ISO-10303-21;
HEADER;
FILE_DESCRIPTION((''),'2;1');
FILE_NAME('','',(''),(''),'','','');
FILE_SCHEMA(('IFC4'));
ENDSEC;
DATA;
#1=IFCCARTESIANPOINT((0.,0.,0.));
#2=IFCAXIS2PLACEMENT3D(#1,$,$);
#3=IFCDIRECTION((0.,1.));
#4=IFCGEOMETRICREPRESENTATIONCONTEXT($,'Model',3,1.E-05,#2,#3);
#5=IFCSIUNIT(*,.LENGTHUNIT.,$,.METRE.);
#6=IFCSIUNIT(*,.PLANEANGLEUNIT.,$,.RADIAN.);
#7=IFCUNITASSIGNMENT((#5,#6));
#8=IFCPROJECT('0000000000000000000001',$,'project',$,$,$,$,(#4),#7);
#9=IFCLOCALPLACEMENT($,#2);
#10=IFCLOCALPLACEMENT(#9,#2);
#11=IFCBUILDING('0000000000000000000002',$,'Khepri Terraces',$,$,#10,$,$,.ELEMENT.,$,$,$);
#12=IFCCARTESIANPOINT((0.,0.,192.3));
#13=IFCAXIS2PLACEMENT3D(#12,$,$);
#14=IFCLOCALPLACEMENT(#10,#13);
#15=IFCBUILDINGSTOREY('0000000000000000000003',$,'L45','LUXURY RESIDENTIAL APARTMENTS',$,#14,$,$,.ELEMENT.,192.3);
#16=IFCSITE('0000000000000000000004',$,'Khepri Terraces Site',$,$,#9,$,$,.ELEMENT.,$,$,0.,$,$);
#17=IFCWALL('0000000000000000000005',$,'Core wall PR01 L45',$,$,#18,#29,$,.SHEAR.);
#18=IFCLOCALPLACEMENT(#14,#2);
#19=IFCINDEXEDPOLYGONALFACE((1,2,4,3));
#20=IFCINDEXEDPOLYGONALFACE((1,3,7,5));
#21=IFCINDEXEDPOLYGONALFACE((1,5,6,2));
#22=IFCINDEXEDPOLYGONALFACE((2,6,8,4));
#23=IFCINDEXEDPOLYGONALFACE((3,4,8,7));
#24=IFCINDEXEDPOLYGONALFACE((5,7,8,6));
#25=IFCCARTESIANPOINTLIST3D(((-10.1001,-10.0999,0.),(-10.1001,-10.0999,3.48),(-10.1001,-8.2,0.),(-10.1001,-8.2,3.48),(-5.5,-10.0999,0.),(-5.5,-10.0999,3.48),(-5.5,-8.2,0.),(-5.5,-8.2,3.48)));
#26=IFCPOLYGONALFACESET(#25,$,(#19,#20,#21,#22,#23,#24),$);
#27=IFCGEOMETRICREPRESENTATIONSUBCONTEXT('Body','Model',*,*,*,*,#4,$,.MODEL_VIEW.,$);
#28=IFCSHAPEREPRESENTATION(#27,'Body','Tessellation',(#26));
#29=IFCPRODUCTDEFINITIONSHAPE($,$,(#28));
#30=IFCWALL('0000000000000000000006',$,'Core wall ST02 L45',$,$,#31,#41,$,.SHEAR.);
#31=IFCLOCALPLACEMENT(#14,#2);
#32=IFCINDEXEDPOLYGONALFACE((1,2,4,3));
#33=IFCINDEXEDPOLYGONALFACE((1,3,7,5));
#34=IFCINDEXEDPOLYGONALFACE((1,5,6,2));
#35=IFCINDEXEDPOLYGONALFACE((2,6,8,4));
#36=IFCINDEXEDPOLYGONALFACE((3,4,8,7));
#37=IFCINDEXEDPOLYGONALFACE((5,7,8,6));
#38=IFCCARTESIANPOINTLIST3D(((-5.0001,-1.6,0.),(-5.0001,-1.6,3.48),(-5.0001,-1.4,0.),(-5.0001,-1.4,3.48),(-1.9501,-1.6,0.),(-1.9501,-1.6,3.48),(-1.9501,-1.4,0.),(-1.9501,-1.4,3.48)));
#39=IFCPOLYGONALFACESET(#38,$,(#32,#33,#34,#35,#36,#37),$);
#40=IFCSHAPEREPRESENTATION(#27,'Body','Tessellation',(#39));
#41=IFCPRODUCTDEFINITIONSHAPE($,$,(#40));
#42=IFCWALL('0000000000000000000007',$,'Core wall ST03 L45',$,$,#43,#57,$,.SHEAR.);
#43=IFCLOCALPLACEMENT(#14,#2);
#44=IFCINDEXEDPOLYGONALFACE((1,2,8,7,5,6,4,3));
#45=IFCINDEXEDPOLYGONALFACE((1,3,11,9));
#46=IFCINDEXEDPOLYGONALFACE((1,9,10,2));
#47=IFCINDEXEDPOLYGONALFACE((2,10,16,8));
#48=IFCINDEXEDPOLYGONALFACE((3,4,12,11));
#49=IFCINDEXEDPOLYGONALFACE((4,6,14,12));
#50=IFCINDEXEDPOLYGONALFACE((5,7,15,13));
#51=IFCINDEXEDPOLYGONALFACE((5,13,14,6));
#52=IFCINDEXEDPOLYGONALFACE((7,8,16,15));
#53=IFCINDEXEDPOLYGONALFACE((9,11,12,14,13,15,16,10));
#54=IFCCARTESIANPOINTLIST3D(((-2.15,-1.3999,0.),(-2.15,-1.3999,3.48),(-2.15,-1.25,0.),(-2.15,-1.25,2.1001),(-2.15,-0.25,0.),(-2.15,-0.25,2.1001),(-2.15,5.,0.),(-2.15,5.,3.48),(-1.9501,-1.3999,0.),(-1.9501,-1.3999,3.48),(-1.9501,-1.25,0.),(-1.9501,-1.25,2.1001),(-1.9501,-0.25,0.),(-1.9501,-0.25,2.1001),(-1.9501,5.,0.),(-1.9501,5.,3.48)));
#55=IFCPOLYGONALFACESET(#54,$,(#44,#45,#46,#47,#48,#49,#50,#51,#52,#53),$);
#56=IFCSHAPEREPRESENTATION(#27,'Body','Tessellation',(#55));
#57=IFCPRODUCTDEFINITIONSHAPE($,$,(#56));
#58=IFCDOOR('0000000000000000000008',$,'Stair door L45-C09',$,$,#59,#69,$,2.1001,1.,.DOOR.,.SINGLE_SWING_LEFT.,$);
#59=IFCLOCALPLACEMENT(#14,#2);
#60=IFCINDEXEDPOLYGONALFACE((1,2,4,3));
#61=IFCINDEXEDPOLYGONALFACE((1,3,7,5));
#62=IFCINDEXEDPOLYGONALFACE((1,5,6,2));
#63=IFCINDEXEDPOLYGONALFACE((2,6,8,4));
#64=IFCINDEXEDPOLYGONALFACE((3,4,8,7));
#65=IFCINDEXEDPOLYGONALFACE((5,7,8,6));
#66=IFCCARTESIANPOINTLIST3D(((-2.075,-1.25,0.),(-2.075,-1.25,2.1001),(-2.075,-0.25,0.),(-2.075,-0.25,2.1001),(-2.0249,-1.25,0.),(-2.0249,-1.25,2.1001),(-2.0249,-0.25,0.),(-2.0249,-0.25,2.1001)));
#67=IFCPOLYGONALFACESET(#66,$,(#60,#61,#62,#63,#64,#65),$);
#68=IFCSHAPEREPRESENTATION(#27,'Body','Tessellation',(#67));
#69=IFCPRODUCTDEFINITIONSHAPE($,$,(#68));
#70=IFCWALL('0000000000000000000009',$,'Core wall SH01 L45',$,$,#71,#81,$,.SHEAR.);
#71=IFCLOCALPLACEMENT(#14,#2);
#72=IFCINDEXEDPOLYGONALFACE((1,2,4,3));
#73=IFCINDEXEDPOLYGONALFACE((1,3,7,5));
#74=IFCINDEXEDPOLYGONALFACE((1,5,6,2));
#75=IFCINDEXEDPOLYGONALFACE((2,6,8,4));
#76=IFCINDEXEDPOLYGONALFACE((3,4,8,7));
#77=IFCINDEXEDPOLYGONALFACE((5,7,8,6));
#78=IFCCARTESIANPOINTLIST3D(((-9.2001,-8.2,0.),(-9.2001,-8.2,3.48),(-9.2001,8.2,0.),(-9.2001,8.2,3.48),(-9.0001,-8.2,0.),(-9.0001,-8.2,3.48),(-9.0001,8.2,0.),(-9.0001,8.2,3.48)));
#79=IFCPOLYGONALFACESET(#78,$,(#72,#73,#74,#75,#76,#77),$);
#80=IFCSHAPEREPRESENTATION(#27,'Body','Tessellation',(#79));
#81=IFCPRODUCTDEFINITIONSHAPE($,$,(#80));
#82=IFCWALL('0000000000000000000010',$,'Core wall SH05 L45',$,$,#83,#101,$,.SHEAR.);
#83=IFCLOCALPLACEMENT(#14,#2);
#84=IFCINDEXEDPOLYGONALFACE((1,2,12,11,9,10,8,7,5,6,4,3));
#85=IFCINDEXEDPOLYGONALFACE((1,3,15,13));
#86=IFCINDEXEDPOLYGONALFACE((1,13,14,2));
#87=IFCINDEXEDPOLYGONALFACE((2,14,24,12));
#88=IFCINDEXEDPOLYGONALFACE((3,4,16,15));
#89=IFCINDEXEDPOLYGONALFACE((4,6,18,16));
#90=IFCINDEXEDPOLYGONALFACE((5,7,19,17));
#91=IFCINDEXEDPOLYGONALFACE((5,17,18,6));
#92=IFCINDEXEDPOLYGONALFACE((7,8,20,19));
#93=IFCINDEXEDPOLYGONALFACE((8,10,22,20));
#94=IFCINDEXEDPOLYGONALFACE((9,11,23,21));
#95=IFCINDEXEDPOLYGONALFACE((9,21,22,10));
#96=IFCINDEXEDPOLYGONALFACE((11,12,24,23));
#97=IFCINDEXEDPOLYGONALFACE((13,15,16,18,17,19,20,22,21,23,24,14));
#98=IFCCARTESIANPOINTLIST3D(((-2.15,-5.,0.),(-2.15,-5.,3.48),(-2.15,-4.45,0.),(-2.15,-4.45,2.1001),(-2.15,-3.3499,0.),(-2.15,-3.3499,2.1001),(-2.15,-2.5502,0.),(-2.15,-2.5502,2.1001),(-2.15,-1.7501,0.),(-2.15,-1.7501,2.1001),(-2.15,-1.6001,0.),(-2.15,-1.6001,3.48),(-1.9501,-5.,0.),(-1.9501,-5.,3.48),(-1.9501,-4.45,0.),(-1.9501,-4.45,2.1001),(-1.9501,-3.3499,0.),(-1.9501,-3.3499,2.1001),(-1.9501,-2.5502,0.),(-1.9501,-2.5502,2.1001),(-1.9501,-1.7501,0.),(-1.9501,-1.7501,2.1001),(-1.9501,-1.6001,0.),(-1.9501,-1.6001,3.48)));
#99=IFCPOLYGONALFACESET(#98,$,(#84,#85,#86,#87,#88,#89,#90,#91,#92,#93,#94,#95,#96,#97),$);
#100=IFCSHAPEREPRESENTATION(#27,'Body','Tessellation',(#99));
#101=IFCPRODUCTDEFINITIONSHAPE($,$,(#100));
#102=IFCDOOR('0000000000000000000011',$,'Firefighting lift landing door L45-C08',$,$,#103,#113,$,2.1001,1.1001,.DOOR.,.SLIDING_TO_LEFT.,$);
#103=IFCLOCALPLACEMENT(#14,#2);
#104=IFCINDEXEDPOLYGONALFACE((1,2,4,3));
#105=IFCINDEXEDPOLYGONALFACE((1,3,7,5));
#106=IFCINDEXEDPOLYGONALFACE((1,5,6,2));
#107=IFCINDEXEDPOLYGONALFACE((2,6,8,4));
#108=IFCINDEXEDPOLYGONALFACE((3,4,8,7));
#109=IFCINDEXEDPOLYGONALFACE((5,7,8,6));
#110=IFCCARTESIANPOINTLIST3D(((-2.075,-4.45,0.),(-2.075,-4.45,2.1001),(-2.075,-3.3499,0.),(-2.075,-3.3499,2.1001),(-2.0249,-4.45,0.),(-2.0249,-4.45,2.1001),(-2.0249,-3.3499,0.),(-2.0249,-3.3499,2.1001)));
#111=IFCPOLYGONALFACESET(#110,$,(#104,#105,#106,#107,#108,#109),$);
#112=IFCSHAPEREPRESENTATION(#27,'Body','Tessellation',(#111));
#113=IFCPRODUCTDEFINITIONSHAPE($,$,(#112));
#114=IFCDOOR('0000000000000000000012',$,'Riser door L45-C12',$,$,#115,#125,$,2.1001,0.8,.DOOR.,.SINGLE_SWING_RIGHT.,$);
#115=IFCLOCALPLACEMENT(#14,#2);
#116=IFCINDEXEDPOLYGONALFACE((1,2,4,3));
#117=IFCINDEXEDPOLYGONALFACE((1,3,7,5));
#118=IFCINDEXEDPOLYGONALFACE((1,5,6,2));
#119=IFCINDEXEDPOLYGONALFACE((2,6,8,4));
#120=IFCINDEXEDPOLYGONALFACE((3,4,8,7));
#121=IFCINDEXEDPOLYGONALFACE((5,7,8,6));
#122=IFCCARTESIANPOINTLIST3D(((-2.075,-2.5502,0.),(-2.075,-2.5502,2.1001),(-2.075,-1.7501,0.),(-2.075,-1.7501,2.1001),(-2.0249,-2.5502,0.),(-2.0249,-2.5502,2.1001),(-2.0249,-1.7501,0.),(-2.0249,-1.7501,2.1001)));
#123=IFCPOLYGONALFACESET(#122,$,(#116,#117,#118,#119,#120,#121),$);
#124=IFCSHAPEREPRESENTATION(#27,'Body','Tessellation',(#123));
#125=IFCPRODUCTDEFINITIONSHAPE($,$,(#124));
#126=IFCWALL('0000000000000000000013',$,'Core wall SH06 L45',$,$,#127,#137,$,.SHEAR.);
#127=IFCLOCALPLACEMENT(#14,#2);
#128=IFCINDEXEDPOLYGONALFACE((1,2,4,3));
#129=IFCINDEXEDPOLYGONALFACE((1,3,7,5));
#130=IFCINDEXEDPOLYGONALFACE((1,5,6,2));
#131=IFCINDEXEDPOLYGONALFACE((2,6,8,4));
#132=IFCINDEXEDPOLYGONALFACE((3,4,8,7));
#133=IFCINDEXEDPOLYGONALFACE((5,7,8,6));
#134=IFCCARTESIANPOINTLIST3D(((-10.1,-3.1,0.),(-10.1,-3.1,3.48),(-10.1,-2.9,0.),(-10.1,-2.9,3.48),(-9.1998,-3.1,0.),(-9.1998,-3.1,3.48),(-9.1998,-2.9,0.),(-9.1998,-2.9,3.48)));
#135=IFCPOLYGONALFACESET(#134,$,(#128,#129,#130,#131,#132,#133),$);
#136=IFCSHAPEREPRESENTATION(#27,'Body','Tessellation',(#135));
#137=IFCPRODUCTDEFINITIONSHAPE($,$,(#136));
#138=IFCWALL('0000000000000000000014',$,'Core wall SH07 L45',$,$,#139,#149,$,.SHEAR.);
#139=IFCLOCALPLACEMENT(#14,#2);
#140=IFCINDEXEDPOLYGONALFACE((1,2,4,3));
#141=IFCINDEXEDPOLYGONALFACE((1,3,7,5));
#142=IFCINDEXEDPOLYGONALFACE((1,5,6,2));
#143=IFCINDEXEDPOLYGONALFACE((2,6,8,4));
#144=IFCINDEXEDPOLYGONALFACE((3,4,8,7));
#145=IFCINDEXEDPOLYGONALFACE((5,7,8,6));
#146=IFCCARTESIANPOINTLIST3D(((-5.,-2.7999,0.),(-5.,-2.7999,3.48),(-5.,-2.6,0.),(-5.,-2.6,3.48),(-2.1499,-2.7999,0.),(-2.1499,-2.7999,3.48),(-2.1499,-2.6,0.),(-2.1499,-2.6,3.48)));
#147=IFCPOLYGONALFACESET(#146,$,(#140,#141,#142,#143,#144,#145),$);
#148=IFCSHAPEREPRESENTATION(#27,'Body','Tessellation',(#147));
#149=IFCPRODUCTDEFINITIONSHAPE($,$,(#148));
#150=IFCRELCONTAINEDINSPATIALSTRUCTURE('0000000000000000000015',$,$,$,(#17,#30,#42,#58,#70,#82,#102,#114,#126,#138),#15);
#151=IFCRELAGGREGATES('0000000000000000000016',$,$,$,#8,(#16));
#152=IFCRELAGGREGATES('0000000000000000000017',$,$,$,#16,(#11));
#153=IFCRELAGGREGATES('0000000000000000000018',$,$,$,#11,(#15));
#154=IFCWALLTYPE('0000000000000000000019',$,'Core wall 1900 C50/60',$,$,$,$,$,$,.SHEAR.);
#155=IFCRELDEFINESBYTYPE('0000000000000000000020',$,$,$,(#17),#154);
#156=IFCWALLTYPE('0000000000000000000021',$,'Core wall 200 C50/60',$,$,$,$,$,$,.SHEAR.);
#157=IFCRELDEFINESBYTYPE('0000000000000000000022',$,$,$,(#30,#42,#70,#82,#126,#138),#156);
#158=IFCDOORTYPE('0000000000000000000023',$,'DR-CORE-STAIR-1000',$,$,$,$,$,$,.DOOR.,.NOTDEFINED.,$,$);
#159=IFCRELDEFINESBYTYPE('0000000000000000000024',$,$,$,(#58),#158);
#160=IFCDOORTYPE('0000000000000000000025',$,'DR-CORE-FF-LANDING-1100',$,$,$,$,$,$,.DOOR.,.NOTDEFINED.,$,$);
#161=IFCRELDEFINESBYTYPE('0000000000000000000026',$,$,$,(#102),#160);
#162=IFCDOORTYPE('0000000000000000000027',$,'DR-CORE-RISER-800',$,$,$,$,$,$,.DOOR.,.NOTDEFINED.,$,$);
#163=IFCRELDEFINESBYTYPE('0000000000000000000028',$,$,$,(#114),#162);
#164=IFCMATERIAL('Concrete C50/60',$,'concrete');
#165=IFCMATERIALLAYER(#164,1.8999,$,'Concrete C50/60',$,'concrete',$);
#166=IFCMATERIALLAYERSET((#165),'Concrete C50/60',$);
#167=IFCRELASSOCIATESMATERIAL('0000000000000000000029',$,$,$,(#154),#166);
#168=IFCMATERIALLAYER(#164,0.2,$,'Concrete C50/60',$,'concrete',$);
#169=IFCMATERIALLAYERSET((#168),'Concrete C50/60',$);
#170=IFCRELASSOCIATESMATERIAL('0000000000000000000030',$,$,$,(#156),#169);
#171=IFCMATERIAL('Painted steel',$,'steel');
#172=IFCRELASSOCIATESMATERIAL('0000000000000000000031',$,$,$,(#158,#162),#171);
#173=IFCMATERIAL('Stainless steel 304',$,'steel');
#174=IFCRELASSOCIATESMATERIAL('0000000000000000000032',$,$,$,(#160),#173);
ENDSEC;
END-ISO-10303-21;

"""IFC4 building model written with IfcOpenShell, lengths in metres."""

from ifc_helpers import new_model, si_unit, direction, frame, frame_2d, origin, place, context, subcontext, project, spatial, rectangle, extrude, material, layer, layer_set, type_object, element, fill, save


model = new_model("IFC4")

# Units and contexts
model_context = context("Model", 3, precision=1e-05, world=origin(), true_north=direction((0.0, 1.0)))
body_context = subcontext(model_context, "Body", "Model", "MODEL_VIEW")
ifc_project = project(units=[si_unit("LENGTHUNIT", "METRE"), si_unit("PLANEANGLEUNIT", "RADIAN")], contexts=[model_context])

# Site, building, storey
site_placement = place(None, origin())
site = spatial("IfcSite", under=ifc_project, at=site_placement, Name="Khepri Terraces Site", CompositionType="ELEMENT", RefElevation=0.0)
building_placement = place(site_placement, origin())
building = spatial("IfcBuilding", under=site, at=building_placement, Name="Khepri Terraces", CompositionType="ELEMENT")
storey_placement = place(building_placement, frame((0.0, 0.0, 192.3)))
storey = spatial("IfcBuildingStorey", under=building, at=storey_placement, Name="L45", Description="LUXURY RESIDENTIAL APARTMENTS", CompositionType="ELEMENT", Elevation=192.3)

# Walls
ifc_material_1 = material(Name="Concrete C50/60", Category="concrete")
ifc_layer_1 = layer(ifc_material_1, 1.8999, Name="Concrete C50/60", Category="concrete")
ifc_layer_set_1 = layer_set([ifc_layer_1], Name="Concrete C50/60")
wall_type_1 = type_object("IfcWallType", Name="Core wall 1900 C50/60", PredefinedType="SHEAR", material=ifc_layer_set_1)
wall_1_placement = place(storey_placement, frame((-10.1001, -9.1499, 0.0), z_axis=(0.0, 0.0, 1.0), x_axis=(1.0, 0.0, 0.0)))
element("IfcWall", 1, at=wall_1_placement, inside=storey, type_object=wall_type_1, Name="Core wall PR01 L45", PredefinedType="SHEAR", context=body_context, shape_type="SweptSolid", body=[
    extrude(rectangle(XDim=4.6001, YDim=1.8999, at=frame_2d((2.3, 0.0))), origin(), (0.0, 0.0, 1.0), 3.48),
])
ifc_layer_2 = layer(ifc_material_1, 0.2, Name="Concrete C50/60", Category="concrete")
ifc_layer_set_2 = layer_set([ifc_layer_2], Name="Concrete C50/60")
wall_type_2 = type_object("IfcWallType", Name="Core wall 200 C50/60", PredefinedType="SHEAR", material=ifc_layer_set_2)
wall_2_placement = place(storey_placement, frame((-5.0, -1.5, 0.0), z_axis=(0.0, 0.0, 1.0), x_axis=(1.0, 0.0, 0.0)))
element("IfcWall", 2, at=wall_2_placement, inside=storey, type_object=wall_type_2, Name="Core wall ST02 L45", PredefinedType="SHEAR", context=body_context, shape_type="SweptSolid", body=[
    extrude(rectangle(XDim=3.05, YDim=0.2, at=frame_2d((1.5249, 0.0))), origin(), (0.0, 0.0, 1.0), 3.48),
])

# Wall, opening, door
wall_3_placement = place(storey_placement, frame((-2.05, -1.3999, 0.0), z_axis=(0.0, 0.0, 1.0), x_axis=(0.0, 1.0, 0.0)))
wall_3 = element("IfcWall", 3, at=wall_3_placement, inside=storey, type_object=wall_type_2, Name="Core wall ST03 L45", PredefinedType="SHEAR", context=body_context, shape_type="SweptSolid", body=[
    extrude(rectangle(XDim=6.3999, YDim=0.2, at=frame_2d((3.2, 0.0))), origin(), (0.0, 0.0, 1.0), 3.48),
])
opening_1_placement = place(wall_3_placement, frame((0.1499, 0.0, 0.0)))
opening_1 = element("IfcOpeningElement", 4, at=opening_1_placement, cuts=wall_3, PredefinedType="OPENING", context=body_context, shape_type="SweptSolid", body=[
    extrude(rectangle(XDim=1.0, YDim=2.1001, at=frame_2d((0.5, 1.05))), frame((0.0, 0.1099, 0.0), z_axis=(0.0, -1.0, 0.0), x_axis=(1.0, 0.0, 0.0)), (0.0, 0.0, 1.0), 0.22),
])
ifc_material_2 = material(Name="Painted steel", Category="steel")
door_type_1 = type_object("IfcDoorType", Name="DR-CORE-STAIR-1000", OperationType="NOTDEFINED", PredefinedType="DOOR", material=ifc_material_2)
door_1_placement = place(opening_1_placement, origin())
door_1 = element("IfcDoor", 5, at=door_1_placement, inside=storey, type_object=door_type_1, Name="Stair door L45-C09", OperationType="SINGLE_SWING_LEFT", OverallHeight=2.1001, OverallWidth=1.0, PredefinedType="DOOR", context=body_context, shape_type="SweptSolid", body=[
    extrude(rectangle(XDim=1.0, YDim=2.1001, at=frame_2d((0.5, 1.05))), frame((0.0, 0.0249, 0.0), z_axis=(0.0, -1.0, 0.0), x_axis=(1.0, 0.0, 0.0)), (0.0, 0.0, 1.0), 0.05),
])
fill(opening_1, door_1)

# Wall
wall_4_placement = place(storey_placement, frame((-9.1001, -8.2, 0.0), z_axis=(0.0, 0.0, 1.0), x_axis=(0.0, 1.0, 0.0)))
element("IfcWall", 6, at=wall_4_placement, inside=storey, type_object=wall_type_2, Name="Core wall SH01 L45", PredefinedType="SHEAR", context=body_context, shape_type="SweptSolid", body=[
    extrude(rectangle(XDim=16.3999, YDim=0.2, at=frame_2d((8.2, 0.0))), origin(), (0.0, 0.0, 1.0), 3.48),
])

# Wall, openings, doors
wall_5_placement = place(storey_placement, frame((-2.05, -5.0, 0.0), z_axis=(0.0, 0.0, 1.0), x_axis=(0.0, 1.0, 0.0)))
wall_5 = element("IfcWall", 7, at=wall_5_placement, inside=storey, type_object=wall_type_2, Name="Core wall SH05 L45", PredefinedType="SHEAR", context=body_context, shape_type="SweptSolid", body=[
    extrude(rectangle(XDim=3.3999, YDim=0.2, at=frame_2d((1.7, 0.0))), origin(), (0.0, 0.0, 1.0), 3.48),
])
opening_2_placement = place(wall_5_placement, frame((0.55, 0.0, 0.0)))
opening_2 = element("IfcOpeningElement", 8, at=opening_2_placement, cuts=wall_5, PredefinedType="OPENING", context=body_context, shape_type="SweptSolid", body=[
    extrude(rectangle(XDim=1.1001, YDim=2.1001, at=frame_2d((0.55, 1.05))), frame((0.0, 0.1099, 0.0), z_axis=(0.0, -1.0, 0.0), x_axis=(1.0, 0.0, 0.0)), (0.0, 0.0, 1.0), 0.22),
])
opening_3_placement = place(wall_5_placement, frame((2.45, 0.0, 0.0)))
opening_3 = element("IfcOpeningElement", 9, at=opening_3_placement, cuts=wall_5, PredefinedType="OPENING", context=body_context, shape_type="SweptSolid", body=[
    extrude(rectangle(XDim=0.8, YDim=2.1001, at=frame_2d((0.3999, 1.05))), frame((0.0, 0.1099, 0.0), z_axis=(0.0, -1.0, 0.0), x_axis=(1.0, 0.0, 0.0)), (0.0, 0.0, 1.0), 0.22),
])
ifc_material_3 = material(Name="Stainless steel 304", Category="steel")
door_type_2 = type_object("IfcDoorType", Name="DR-CORE-FF-LANDING-1100", OperationType="NOTDEFINED", PredefinedType="DOOR", material=ifc_material_3)
door_2_placement = place(opening_2_placement, origin())
door_2 = element("IfcDoor", 10, at=door_2_placement, inside=storey, type_object=door_type_2, Name="Firefighting lift landing door L45-C08", OperationType="SLIDING_TO_LEFT", OverallHeight=2.1001, OverallWidth=1.1001, PredefinedType="DOOR", context=body_context, shape_type="SweptSolid", body=[
    extrude(rectangle(XDim=1.1001, YDim=2.1001, at=frame_2d((0.55, 1.05))), frame((0.0, 0.0249, 0.0), z_axis=(0.0, -1.0, 0.0), x_axis=(1.0, 0.0, 0.0)), (0.0, 0.0, 1.0), 0.05),
])
fill(opening_2, door_2)
door_type_3 = type_object("IfcDoorType", Name="DR-CORE-RISER-800", OperationType="NOTDEFINED", PredefinedType="DOOR", material=ifc_material_2)
door_3_placement = place(opening_3_placement, origin())
door_3 = element("IfcDoor", 11, at=door_3_placement, inside=storey, type_object=door_type_3, Name="Riser door L45-C12", OperationType="SINGLE_SWING_RIGHT", OverallHeight=2.1001, OverallWidth=0.8, PredefinedType="DOOR", context=body_context, shape_type="SweptSolid", body=[
    extrude(rectangle(XDim=0.8, YDim=2.1001, at=frame_2d((0.3999, 1.05))), frame((0.0, 0.0249, 0.0), z_axis=(0.0, -1.0, 0.0), x_axis=(1.0, 0.0, 0.0)), (0.0, 0.0, 1.0), 0.05),
])
fill(opening_3, door_3)

# Walls
wall_6_placement = place(storey_placement, frame((-10.1001, -3.0, 0.0), z_axis=(0.0, 0.0, 1.0), x_axis=(1.0, 0.0, 0.0)))
element("IfcWall", 12, at=wall_6_placement, inside=storey, type_object=wall_type_2, Name="Core wall SH06 L45", PredefinedType="SHEAR", context=body_context, shape_type="SweptSolid", body=[
    extrude(rectangle(XDim=0.9001, YDim=0.2, at=frame_2d((0.4502, 0.0))), origin(), (0.0, 0.0, 1.0), 3.48),
])
wall_7_placement = place(storey_placement, frame((-5.0, -2.7, 0.0), z_axis=(0.0, 0.0, 1.0), x_axis=(1.0, 0.0, 0.0)))
element("IfcWall", 13, at=wall_7_placement, inside=storey, type_object=wall_type_2, Name="Core wall SH07 L45", PredefinedType="SHEAR", context=body_context, shape_type="SweptSolid", body=[
    extrude(rectangle(XDim=2.8501, YDim=0.2, at=frame_2d((1.425, 0.0))), origin(), (0.0, 0.0, 1.0), 3.48),
])

save(model, "model.ifc")
